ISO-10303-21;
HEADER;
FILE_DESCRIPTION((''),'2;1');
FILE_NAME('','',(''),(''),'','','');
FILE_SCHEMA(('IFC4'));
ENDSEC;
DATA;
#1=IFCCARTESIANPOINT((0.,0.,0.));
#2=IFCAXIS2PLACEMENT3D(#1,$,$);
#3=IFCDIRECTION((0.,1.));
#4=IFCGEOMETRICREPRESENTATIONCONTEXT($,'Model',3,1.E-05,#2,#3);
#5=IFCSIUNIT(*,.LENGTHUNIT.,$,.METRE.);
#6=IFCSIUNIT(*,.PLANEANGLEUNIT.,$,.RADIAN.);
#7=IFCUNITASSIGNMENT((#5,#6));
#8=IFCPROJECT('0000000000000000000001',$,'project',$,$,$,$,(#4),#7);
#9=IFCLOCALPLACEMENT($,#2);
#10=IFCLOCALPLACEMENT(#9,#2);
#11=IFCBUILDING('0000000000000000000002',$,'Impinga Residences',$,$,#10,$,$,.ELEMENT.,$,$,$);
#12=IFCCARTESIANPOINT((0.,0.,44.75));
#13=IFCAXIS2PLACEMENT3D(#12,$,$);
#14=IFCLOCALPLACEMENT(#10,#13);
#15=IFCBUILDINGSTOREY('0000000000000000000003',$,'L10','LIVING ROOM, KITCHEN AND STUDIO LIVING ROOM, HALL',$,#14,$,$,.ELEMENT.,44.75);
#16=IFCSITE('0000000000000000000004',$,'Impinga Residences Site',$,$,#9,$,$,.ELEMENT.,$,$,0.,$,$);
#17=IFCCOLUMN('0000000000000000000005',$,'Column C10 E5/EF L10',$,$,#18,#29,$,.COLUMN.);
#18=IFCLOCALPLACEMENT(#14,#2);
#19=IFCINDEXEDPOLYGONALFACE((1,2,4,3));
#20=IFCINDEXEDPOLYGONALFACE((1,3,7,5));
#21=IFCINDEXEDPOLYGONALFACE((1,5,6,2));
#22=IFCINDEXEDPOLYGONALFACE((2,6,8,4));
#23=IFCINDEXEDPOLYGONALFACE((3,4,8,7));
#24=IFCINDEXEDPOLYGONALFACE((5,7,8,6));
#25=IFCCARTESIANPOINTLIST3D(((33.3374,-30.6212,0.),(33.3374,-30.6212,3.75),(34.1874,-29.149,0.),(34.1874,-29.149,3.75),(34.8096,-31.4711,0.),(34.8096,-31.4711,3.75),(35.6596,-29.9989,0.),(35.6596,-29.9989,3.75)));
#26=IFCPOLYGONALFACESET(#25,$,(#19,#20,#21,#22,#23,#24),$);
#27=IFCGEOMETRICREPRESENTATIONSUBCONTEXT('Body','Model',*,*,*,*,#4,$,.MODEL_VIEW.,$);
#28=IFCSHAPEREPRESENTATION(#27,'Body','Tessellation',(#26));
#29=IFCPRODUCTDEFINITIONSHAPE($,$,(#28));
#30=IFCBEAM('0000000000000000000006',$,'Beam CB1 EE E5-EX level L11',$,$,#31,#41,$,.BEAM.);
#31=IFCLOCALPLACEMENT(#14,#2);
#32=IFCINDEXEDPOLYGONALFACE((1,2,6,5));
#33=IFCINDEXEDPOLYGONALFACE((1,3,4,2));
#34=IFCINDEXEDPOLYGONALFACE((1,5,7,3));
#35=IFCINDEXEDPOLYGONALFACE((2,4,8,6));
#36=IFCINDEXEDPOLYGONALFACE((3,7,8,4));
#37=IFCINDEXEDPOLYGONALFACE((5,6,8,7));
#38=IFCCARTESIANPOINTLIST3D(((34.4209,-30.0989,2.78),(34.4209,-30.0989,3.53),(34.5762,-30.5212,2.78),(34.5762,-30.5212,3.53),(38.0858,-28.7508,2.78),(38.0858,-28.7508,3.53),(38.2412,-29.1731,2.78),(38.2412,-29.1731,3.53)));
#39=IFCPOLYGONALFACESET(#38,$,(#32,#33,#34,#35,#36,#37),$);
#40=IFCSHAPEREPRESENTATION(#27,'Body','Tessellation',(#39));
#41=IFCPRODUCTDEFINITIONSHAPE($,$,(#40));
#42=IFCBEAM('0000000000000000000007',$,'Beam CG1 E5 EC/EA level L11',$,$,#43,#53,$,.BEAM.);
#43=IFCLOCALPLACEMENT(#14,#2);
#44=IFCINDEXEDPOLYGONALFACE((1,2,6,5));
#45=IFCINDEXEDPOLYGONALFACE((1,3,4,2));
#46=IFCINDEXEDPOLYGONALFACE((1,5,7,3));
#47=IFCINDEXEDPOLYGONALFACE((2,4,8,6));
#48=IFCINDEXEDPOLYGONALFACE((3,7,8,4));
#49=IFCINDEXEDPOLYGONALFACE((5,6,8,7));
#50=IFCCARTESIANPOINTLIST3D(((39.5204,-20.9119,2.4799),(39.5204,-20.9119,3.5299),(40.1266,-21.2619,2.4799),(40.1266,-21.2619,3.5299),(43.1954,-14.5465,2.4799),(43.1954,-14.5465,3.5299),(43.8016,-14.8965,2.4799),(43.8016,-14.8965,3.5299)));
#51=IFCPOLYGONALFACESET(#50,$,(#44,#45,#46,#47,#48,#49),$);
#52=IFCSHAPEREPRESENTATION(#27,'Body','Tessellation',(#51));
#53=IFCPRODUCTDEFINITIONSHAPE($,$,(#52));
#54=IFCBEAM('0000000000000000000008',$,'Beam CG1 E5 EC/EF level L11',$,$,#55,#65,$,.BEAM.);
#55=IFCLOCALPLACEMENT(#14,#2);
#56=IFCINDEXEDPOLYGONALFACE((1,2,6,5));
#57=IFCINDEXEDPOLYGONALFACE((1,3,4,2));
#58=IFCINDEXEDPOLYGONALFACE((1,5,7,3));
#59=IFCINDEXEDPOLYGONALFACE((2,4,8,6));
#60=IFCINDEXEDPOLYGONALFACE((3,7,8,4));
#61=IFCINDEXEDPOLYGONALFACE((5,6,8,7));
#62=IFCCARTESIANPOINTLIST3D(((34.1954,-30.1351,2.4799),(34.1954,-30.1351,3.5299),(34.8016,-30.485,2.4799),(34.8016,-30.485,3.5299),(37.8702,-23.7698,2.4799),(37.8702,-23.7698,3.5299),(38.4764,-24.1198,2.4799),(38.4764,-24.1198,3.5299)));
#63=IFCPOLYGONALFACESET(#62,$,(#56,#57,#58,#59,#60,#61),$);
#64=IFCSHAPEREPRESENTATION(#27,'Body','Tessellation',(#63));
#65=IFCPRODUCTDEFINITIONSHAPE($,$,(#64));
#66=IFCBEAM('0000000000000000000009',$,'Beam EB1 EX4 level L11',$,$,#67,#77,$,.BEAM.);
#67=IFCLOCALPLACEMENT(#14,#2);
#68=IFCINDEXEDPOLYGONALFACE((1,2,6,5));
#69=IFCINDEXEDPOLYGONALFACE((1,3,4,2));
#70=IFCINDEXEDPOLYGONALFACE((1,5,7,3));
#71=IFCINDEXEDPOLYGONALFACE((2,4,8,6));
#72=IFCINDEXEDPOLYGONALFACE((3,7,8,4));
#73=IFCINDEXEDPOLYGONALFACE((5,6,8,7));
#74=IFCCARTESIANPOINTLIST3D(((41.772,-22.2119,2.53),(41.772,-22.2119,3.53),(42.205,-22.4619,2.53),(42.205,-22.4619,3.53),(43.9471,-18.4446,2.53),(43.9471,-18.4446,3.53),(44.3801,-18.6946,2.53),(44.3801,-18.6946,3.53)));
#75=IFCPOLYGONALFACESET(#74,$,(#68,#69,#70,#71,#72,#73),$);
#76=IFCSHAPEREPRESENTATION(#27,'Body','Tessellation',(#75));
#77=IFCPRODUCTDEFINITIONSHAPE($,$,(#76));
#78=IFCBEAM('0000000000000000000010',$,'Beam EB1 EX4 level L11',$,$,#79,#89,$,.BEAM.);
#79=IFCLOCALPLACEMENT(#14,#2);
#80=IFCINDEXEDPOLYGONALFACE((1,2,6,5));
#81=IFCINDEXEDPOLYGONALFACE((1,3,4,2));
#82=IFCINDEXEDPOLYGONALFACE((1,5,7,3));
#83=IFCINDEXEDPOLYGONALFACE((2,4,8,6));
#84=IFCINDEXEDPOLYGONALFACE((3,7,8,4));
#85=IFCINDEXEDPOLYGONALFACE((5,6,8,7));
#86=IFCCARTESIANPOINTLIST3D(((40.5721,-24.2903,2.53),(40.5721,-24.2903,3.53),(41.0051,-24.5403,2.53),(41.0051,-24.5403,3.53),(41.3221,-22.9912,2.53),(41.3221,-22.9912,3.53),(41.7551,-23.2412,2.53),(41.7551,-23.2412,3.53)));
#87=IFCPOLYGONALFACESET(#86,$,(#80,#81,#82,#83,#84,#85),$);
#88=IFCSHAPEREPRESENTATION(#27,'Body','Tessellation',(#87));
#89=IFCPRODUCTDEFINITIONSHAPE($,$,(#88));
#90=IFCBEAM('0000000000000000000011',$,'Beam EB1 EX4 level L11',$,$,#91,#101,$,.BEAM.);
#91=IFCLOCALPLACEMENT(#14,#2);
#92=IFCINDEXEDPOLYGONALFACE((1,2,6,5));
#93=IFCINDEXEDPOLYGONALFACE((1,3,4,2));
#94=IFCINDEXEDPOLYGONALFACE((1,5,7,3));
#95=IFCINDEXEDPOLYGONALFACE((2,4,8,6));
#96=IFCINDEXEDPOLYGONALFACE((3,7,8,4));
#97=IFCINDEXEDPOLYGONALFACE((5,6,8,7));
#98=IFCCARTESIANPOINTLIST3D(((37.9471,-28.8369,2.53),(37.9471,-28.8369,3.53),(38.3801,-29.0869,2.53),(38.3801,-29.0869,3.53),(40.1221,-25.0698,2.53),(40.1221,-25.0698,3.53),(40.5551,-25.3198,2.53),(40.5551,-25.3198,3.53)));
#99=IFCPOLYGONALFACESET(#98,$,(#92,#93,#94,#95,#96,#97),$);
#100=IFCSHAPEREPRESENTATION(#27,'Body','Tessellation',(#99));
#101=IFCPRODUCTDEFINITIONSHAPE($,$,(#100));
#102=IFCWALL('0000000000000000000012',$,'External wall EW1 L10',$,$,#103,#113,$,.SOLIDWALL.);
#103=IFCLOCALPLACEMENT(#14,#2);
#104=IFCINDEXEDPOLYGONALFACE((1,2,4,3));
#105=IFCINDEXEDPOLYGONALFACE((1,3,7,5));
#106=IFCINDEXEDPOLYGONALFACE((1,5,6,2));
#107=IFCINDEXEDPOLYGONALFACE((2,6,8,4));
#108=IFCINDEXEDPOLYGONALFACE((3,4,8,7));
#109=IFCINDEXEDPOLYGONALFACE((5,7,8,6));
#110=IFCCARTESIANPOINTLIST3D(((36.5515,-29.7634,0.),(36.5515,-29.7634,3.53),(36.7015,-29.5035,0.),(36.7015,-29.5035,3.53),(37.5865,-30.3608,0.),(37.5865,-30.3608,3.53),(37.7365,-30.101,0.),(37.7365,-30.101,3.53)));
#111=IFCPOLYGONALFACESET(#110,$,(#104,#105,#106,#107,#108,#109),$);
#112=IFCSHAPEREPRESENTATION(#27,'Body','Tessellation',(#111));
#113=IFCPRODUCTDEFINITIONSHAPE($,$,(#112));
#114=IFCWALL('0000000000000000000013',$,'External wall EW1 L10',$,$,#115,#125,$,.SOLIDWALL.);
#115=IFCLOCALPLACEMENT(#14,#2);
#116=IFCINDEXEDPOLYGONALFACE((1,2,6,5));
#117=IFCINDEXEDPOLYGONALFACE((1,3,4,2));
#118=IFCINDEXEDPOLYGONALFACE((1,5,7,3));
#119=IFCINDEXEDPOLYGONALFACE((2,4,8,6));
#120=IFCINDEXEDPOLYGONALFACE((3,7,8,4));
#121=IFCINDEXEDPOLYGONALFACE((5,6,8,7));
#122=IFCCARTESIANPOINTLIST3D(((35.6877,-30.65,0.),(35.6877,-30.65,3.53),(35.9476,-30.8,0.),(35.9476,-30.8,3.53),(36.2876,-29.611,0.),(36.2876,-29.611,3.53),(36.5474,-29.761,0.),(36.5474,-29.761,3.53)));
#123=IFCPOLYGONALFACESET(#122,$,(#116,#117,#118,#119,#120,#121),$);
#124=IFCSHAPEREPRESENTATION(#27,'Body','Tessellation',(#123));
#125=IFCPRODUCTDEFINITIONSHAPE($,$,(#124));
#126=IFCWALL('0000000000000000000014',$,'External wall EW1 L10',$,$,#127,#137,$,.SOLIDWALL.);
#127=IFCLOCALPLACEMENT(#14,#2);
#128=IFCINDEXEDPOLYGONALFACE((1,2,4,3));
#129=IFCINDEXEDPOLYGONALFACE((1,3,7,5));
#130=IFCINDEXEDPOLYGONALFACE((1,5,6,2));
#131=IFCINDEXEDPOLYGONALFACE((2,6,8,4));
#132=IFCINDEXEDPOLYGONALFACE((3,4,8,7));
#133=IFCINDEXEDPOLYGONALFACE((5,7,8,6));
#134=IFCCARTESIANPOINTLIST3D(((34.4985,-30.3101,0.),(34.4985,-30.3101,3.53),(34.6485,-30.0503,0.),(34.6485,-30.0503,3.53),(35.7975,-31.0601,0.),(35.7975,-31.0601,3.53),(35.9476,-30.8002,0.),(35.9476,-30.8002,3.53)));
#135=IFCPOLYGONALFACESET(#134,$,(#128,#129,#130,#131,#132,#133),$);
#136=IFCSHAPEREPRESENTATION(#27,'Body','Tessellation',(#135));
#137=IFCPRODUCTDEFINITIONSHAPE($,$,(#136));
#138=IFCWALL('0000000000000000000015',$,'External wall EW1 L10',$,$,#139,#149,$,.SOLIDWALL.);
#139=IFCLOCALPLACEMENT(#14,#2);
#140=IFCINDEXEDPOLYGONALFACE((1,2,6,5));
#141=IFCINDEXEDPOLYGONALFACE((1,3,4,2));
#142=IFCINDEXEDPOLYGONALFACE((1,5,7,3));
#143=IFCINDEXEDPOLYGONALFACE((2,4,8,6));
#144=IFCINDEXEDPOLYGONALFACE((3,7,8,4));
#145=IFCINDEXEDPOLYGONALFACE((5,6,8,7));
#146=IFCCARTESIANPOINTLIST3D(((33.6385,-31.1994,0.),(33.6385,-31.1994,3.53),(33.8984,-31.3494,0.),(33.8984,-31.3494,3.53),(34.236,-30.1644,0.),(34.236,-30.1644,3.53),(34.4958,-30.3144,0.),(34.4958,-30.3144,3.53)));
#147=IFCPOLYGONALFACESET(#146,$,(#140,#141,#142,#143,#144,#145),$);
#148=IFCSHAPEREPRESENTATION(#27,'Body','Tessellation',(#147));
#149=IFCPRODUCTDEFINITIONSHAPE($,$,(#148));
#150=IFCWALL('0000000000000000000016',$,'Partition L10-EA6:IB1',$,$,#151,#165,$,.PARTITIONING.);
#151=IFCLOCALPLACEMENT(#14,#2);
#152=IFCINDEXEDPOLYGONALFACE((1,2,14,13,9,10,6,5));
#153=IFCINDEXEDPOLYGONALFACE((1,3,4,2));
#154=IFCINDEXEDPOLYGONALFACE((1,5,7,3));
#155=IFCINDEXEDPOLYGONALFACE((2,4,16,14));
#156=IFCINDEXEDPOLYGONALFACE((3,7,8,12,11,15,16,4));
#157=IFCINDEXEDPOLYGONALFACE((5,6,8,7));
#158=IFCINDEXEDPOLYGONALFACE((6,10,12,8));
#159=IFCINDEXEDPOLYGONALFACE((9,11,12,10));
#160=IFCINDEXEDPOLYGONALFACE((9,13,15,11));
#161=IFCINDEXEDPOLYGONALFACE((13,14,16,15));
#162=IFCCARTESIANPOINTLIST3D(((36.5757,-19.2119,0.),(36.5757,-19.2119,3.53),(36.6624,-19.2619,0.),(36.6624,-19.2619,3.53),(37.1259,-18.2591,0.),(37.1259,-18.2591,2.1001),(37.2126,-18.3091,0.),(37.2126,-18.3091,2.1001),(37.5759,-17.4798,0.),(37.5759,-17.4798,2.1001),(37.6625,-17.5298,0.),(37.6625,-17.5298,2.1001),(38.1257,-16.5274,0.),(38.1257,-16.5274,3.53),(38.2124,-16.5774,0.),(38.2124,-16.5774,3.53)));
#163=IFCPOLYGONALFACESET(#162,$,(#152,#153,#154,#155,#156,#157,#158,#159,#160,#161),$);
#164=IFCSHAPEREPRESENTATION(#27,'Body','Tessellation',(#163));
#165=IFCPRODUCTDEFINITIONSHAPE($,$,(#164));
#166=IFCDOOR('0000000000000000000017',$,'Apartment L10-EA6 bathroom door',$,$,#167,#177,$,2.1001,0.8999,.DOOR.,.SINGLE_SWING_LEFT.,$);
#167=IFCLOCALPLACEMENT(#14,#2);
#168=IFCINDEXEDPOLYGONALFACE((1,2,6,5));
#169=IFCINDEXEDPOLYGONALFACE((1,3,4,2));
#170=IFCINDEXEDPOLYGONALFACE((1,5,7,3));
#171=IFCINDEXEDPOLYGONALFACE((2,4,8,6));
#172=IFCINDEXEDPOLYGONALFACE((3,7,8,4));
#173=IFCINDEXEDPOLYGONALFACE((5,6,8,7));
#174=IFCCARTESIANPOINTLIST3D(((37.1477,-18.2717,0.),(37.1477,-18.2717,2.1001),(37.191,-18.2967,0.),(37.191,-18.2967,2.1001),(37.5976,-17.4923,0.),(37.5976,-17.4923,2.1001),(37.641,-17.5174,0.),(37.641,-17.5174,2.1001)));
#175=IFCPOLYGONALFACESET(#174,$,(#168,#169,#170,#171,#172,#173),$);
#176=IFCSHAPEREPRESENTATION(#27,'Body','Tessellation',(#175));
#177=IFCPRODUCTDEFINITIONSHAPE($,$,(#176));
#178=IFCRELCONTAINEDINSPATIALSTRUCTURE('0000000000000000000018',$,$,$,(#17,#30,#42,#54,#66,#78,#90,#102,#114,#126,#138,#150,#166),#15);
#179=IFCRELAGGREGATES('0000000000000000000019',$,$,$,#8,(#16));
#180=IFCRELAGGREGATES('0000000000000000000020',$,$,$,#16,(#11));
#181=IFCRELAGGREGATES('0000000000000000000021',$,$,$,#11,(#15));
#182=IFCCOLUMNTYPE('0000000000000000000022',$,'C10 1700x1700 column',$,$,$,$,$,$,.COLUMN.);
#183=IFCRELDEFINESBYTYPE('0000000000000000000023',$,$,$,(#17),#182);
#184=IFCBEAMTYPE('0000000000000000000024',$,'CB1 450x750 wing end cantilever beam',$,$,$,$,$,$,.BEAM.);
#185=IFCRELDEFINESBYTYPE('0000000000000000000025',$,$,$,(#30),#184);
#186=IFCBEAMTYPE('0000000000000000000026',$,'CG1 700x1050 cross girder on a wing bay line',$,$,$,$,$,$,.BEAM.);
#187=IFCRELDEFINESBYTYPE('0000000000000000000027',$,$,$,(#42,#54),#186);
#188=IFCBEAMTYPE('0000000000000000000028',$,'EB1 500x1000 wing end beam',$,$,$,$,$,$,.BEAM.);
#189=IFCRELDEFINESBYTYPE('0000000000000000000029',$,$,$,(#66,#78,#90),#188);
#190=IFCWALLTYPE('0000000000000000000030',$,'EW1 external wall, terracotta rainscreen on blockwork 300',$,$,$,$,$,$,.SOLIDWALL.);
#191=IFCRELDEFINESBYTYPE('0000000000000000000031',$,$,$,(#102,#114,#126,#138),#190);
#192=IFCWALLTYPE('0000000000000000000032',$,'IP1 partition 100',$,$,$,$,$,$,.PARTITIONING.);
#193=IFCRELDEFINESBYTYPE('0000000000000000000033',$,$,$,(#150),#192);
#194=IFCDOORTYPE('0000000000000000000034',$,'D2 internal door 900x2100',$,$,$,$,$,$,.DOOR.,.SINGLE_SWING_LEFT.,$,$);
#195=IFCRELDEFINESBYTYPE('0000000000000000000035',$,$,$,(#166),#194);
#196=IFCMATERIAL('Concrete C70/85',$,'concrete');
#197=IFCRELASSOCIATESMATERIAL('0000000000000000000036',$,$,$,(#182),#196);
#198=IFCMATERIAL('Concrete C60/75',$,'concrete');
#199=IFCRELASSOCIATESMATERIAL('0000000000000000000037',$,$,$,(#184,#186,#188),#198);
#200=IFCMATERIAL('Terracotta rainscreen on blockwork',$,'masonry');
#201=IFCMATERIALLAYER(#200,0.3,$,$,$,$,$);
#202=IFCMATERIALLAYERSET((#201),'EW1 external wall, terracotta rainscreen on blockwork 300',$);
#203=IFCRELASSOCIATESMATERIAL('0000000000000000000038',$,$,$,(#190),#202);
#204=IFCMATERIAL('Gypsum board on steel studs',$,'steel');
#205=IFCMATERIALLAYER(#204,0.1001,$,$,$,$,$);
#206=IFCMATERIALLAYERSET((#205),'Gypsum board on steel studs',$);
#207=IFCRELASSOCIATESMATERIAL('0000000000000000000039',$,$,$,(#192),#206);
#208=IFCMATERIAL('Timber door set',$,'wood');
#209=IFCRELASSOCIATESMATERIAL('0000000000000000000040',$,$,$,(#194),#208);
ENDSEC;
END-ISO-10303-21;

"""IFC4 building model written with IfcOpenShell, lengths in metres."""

from ifc_helpers import new_model, si_unit, direction, frame, frame_2d, origin, origin_2d, place, context, subcontext, project, spatial, rectangle, extrude, material, layer, layer_set, material_profile, profile_set, type_object, element, fill, save


model = new_model("IFC4")

# Units and contexts
model_context = context("Model", 3, precision=1e-05, world=origin(), true_north=direction((0.0, 1.0)))
body_context = subcontext(model_context, "Body", "Model", "MODEL_VIEW")
ifc_project = project(units=[si_unit("LENGTHUNIT", "METRE"), si_unit("PLANEANGLEUNIT", "RADIAN")], contexts=[model_context])

# Site, building, storey
site_placement = place(None, origin())
site = spatial("IfcSite", under=ifc_project, at=site_placement, Name="Impinga Residences Site", CompositionType="ELEMENT", RefElevation=0.0)
building_placement = place(site_placement, origin())
building = spatial("IfcBuilding", under=site, at=building_placement, Name="Impinga Residences", CompositionType="ELEMENT")
storey_placement = place(building_placement, frame((0.0, 0.0, 44.75)))
storey = spatial("IfcBuildingStorey", under=building, at=storey_placement, Name="L10", Description="LIVING ROOM, KITCHEN AND STUDIO LIVING ROOM, HALL", CompositionType="ELEMENT", Elevation=44.75)

# Column
ifc_material_1 = material(Name="Concrete C70/85", Category="concrete")
ifc_material_profile_1 = material_profile(ifc_material_1, rectangle(XDim=1.7, YDim=1.7, at=origin_2d()), Name="RC 1700x1700")
ifc_profile_set_1 = profile_set([ifc_material_profile_1], Name="Concrete C70/85")
column_type = type_object("IfcColumnType", Name="C10 1700x1700 column", PredefinedType="COLUMN", material=ifc_profile_set_1)
column_placement = place(storey_placement, frame((34.4985, -30.3101, 0.0), z_axis=(0.0, 0.0, 1.0), x_axis=(-0.5, -0.866025, 0.0)))
element("IfcColumn", 1, at=column_placement, inside=storey, type_object=column_type, Name="Column C10 E5/EF L10", PredefinedType="COLUMN", context=body_context, shape_type="SweptSolid", body=[
    extrude(rectangle(XDim=1.7, YDim=1.7, at=origin_2d()), origin(), (0.0, 0.0, 1.0), 3.75),
])

# Beams
ifc_material_2 = material(Name="Concrete C60/75", Category="concrete")
ifc_material_profile_2 = material_profile(ifc_material_2, rectangle(XDim=0.45, YDim=0.75, at=origin_2d()), Name="RC 450x750")
ifc_profile_set_2 = profile_set([ifc_material_profile_2], Name="Concrete C60/75")
beam_type_1 = type_object("IfcBeamType", Name="CB1 450x750 wing end cantilever beam", PredefinedType="BEAM", material=ifc_profile_set_2)
beam_1_placement = place(storey_placement, frame((34.4985, -30.3101, 3.155), z_axis=(0.93852, 0.345224, 0.0), x_axis=(-0.345224, 0.93852, 0.0)))
element("IfcBeam", 2, at=beam_1_placement, inside=storey, type_object=beam_type_1, Name="Beam CB1 EE E5-EX level L11", PredefinedType="BEAM", context=body_context, shape_type="SweptSolid", body=[
    extrude(rectangle(XDim=0.45, YDim=0.75, at=origin_2d()), origin(), (0.0, 0.0, 1.0), 3.905),
])
ifc_material_profile_3 = material_profile(ifc_material_2, rectangle(XDim=0.7, YDim=1.05, at=origin_2d()), Name="RC 700x1050")
ifc_profile_set_3 = profile_set([ifc_material_profile_3], Name="Concrete C60/75")
beam_type_2 = type_object("IfcBeamType", Name="CG1 700x1050 cross girder on a wing bay line", PredefinedType="BEAM", material=ifc_profile_set_3)
beam_2_placement = place(storey_placement, frame((39.8235, -21.0869, 3.0049), z_axis=(0.499994, 0.866029, 0.0), x_axis=(-0.866029, 0.499994, 0.0)))
element("IfcBeam", 3, at=beam_2_placement, inside=storey, type_object=beam_type_2, Name="Beam CG1 E5 EC/EA level L11", PredefinedType="BEAM", context=body_context, shape_type="SweptSolid", body=[
    extrude(rectangle(XDim=0.7, YDim=1.05, at=origin_2d()), origin(), (0.0, 0.0, 1.0), 7.3501),
])
beam_3_placement = place(storey_placement, frame((38.1733, -23.9448, 3.0049), z_axis=(-0.499983, -0.866035, 0.0), x_axis=(0.866035, -0.499983, 0.0)))
element("IfcBeam", 4, at=beam_3_placement, inside=storey, type_object=beam_type_2, Name="Beam CG1 E5 EC/EF level L11", PredefinedType="BEAM", context=body_context, shape_type="SweptSolid", body=[
    extrude(rectangle(XDim=0.7, YDim=1.05, at=origin_2d()), origin(), (0.0, 0.0, 1.0), 7.3499),
])
ifc_material_profile_4 = material_profile(ifc_material_2, rectangle(XDim=0.5, YDim=1.0, at=origin_2d()), Name="RC 500x1000")
ifc_profile_set_4 = profile_set([ifc_material_profile_4], Name="Concrete C60/75")
beam_type_3 = type_object("IfcBeamType", Name="EB1 500x1000 wing end beam", PredefinedType="BEAM", material=ifc_profile_set_4)
beam_4_placement = place(storey_placement, frame((44.1636, -18.5696, 3.03), z_axis=(-0.499996, -0.866028, 0.0), x_axis=(0.866028, -0.499996, 0.0)))
element("IfcBeam", 5, at=beam_4_placement, inside=storey, type_object=beam_type_3, Name="Beam EB1 EX4 level L11", PredefinedType="BEAM", context=body_context, shape_type="SweptSolid", body=[
    extrude(rectangle(XDim=0.5, YDim=1.0, at=origin_2d()), origin(), (0.0, 0.0, 1.0), 4.3501),
])
beam_5_placement = place(storey_placement, frame((41.5386, -23.1162, 3.03), z_axis=(-0.49999, -0.866031, 0.0), x_axis=(0.866031, -0.49999, 0.0)))
element("IfcBeam", 6, at=beam_5_placement, inside=storey, type_object=beam_type_3, Name="Beam EB1 EX4 level L11", PredefinedType="BEAM", context=body_context, shape_type="SweptSolid", body=[
    extrude(rectangle(XDim=0.5, YDim=1.0, at=origin_2d()), origin(), (0.0, 0.0, 1.0), 1.5),
])
beam_6_placement = place(storey_placement, frame((40.3386, -25.1948, 3.03), z_axis=(-0.50002, -0.866014, 0.0), x_axis=(0.866014, -0.50002, 0.0)))
element("IfcBeam", 7, at=beam_6_placement, inside=storey, type_object=beam_type_3, Name="Beam EB1 EX4 level L11", PredefinedType="BEAM", context=body_context, shape_type="SweptSolid", body=[
    extrude(rectangle(XDim=0.5, YDim=1.0, at=origin_2d()), origin(), (0.0, 0.0, 1.0), 4.3499),
])

# Walls
ifc_material_3 = material(Name="Terracotta rainscreen on blockwork", Category="masonry")
ifc_layer_1 = layer(ifc_material_3, 0.3)
ifc_layer_set_1 = layer_set([ifc_layer_1], Name="EW1 external wall, terracotta rainscreen on blockwork 300")
wall_type_1 = type_object("IfcWallType", Name="EW1 external wall, terracotta rainscreen on blockwork 300", PredefinedType="SOLIDWALL", material=ifc_layer_set_1)
wall_1_placement = place(storey_placement, frame((37.6616, -30.231, 0.0), z_axis=(0.0, 0.0, 1.0), x_axis=(-0.86606, 0.499941, 0.0)))
element("IfcWall", 8, at=wall_1_placement, inside=storey, type_object=wall_type_1, Name="External wall EW1 L10", PredefinedType="SOLIDWALL", context=body_context, shape_type="SweptSolid", body=[
    extrude(rectangle(XDim=1.1951, YDim=0.3, at=frame_2d((0.5977, 0.0))), origin(), (0.0, 0.0, 1.0), 3.53),
])
wall_2_placement = place(storey_placement, frame((36.4175, -29.686, 0.0), z_axis=(0.0, 0.0, 1.0), x_axis=(-0.499969, -0.866043, 0.0)))
element("IfcWall", 9, at=wall_2_placement, inside=storey, type_object=wall_type_1, Name="External wall EW1 L10", PredefinedType="SOLIDWALL", context=body_context, shape_type="SweptSolid", body=[
    extrude(rectangle(XDim=1.1997, YDim=0.3, at=frame_2d((0.5999, 0.0))), origin(), (0.0, 0.0, 1.0), 3.53),
])
wall_3_placement = place(storey_placement, frame((35.8726, -30.9302, 0.0), z_axis=(0.0, 0.0, 1.0), x_axis=(-0.866031, 0.49999, 0.0)))
element("IfcWall", 10, at=wall_3_placement, inside=storey, type_object=wall_type_1, Name="External wall EW1 L10", PredefinedType="SOLIDWALL", context=body_context, shape_type="SweptSolid", body=[
    extrude(rectangle(XDim=1.5, YDim=0.3, at=frame_2d((0.75, 0.0))), origin(), (0.0, 0.0, 1.0), 3.53),
])
wall_4_placement = place(storey_placement, frame((34.366, -30.2393, 0.0), z_axis=(0.0, 0.0, 1.0), x_axis=(-0.499941, -0.86606, 0.0)))
element("IfcWall", 11, at=wall_4_placement, inside=storey, type_object=wall_type_1, Name="External wall EW1 L10", PredefinedType="SOLIDWALL", context=body_context, shape_type="SweptSolid", body=[
    extrude(rectangle(XDim=1.1951, YDim=0.3, at=frame_2d((0.5977, 0.0))), origin(), (0.0, 0.0, 1.0), 3.53),
])

# Wall, opening, door
ifc_material_4 = material(Name="Gypsum board on steel studs", Category="steel")
ifc_layer_2 = layer(ifc_material_4, 0.1001)
ifc_layer_set_2 = layer_set([ifc_layer_2], Name="Gypsum board on steel studs")
wall_type_2 = type_object("IfcWallType", Name="IP1 partition 100", PredefinedType="PARTITIONING", material=ifc_layer_set_2)
wall_5_placement = place(storey_placement, frame((36.6191, -19.2368, 0.0), z_axis=(0.0, 0.0, 1.0), x_axis=(0.500027, 0.86601, 0.0)))
wall_5 = element("IfcWall", 12, at=wall_5_placement, inside=storey, type_object=wall_type_2, Name="Partition L10-EA6:IB1", PredefinedType="PARTITIONING", context=body_context, shape_type="SweptSolid", body=[
    extrude(rectangle(XDim=3.0999, YDim=0.1001, at=frame_2d((1.5498, 0.0))), origin(), (0.0, 0.0, 1.0), 3.53),
])
opening_1_placement = place(wall_5_placement, frame((1.1001, 0.0, 0.0)))
opening_1 = element("IfcOpeningElement", 13, at=opening_1_placement, cuts=wall_5, PredefinedType="OPENING", context=body_context, shape_type="SweptSolid", body=[
    extrude(rectangle(XDim=0.8999, YDim=2.1001, at=frame_2d((0.45, 1.05))), frame((0.0, 0.0601, 0.0), z_axis=(0.0, -1.0, 0.0), x_axis=(1.0, 0.0, 0.0)), (0.0, 0.0, 1.0), 0.1201),
])
ifc_material_5 = material(Name="Timber door set", Category="wood")
door_type = type_object("IfcDoorType", Name="D2 internal door 900x2100", OperationType="SINGLE_SWING_LEFT", PredefinedType="DOOR", material=ifc_material_5)
door_1_placement = place(opening_1_placement, origin())
door_1 = element("IfcDoor", 14, at=door_1_placement, inside=storey, type_object=door_type, Name="Apartment L10-EA6 bathroom door", OperationType="SINGLE_SWING_LEFT", OverallHeight=2.1001, OverallWidth=0.8999, PredefinedType="DOOR", context=body_context, shape_type="SweptSolid", body=[
    extrude(rectangle(XDim=0.8999, YDim=2.1001, at=frame_2d((0.45, 1.05))), frame((0.0, 0.0249, 0.0), z_axis=(0.0, -1.0, 0.0), x_axis=(1.0, 0.0, 0.0)), (0.0, 0.0, 1.0), 0.05),
])
fill(opening_1, door_1)

save(model, "model.ifc")
